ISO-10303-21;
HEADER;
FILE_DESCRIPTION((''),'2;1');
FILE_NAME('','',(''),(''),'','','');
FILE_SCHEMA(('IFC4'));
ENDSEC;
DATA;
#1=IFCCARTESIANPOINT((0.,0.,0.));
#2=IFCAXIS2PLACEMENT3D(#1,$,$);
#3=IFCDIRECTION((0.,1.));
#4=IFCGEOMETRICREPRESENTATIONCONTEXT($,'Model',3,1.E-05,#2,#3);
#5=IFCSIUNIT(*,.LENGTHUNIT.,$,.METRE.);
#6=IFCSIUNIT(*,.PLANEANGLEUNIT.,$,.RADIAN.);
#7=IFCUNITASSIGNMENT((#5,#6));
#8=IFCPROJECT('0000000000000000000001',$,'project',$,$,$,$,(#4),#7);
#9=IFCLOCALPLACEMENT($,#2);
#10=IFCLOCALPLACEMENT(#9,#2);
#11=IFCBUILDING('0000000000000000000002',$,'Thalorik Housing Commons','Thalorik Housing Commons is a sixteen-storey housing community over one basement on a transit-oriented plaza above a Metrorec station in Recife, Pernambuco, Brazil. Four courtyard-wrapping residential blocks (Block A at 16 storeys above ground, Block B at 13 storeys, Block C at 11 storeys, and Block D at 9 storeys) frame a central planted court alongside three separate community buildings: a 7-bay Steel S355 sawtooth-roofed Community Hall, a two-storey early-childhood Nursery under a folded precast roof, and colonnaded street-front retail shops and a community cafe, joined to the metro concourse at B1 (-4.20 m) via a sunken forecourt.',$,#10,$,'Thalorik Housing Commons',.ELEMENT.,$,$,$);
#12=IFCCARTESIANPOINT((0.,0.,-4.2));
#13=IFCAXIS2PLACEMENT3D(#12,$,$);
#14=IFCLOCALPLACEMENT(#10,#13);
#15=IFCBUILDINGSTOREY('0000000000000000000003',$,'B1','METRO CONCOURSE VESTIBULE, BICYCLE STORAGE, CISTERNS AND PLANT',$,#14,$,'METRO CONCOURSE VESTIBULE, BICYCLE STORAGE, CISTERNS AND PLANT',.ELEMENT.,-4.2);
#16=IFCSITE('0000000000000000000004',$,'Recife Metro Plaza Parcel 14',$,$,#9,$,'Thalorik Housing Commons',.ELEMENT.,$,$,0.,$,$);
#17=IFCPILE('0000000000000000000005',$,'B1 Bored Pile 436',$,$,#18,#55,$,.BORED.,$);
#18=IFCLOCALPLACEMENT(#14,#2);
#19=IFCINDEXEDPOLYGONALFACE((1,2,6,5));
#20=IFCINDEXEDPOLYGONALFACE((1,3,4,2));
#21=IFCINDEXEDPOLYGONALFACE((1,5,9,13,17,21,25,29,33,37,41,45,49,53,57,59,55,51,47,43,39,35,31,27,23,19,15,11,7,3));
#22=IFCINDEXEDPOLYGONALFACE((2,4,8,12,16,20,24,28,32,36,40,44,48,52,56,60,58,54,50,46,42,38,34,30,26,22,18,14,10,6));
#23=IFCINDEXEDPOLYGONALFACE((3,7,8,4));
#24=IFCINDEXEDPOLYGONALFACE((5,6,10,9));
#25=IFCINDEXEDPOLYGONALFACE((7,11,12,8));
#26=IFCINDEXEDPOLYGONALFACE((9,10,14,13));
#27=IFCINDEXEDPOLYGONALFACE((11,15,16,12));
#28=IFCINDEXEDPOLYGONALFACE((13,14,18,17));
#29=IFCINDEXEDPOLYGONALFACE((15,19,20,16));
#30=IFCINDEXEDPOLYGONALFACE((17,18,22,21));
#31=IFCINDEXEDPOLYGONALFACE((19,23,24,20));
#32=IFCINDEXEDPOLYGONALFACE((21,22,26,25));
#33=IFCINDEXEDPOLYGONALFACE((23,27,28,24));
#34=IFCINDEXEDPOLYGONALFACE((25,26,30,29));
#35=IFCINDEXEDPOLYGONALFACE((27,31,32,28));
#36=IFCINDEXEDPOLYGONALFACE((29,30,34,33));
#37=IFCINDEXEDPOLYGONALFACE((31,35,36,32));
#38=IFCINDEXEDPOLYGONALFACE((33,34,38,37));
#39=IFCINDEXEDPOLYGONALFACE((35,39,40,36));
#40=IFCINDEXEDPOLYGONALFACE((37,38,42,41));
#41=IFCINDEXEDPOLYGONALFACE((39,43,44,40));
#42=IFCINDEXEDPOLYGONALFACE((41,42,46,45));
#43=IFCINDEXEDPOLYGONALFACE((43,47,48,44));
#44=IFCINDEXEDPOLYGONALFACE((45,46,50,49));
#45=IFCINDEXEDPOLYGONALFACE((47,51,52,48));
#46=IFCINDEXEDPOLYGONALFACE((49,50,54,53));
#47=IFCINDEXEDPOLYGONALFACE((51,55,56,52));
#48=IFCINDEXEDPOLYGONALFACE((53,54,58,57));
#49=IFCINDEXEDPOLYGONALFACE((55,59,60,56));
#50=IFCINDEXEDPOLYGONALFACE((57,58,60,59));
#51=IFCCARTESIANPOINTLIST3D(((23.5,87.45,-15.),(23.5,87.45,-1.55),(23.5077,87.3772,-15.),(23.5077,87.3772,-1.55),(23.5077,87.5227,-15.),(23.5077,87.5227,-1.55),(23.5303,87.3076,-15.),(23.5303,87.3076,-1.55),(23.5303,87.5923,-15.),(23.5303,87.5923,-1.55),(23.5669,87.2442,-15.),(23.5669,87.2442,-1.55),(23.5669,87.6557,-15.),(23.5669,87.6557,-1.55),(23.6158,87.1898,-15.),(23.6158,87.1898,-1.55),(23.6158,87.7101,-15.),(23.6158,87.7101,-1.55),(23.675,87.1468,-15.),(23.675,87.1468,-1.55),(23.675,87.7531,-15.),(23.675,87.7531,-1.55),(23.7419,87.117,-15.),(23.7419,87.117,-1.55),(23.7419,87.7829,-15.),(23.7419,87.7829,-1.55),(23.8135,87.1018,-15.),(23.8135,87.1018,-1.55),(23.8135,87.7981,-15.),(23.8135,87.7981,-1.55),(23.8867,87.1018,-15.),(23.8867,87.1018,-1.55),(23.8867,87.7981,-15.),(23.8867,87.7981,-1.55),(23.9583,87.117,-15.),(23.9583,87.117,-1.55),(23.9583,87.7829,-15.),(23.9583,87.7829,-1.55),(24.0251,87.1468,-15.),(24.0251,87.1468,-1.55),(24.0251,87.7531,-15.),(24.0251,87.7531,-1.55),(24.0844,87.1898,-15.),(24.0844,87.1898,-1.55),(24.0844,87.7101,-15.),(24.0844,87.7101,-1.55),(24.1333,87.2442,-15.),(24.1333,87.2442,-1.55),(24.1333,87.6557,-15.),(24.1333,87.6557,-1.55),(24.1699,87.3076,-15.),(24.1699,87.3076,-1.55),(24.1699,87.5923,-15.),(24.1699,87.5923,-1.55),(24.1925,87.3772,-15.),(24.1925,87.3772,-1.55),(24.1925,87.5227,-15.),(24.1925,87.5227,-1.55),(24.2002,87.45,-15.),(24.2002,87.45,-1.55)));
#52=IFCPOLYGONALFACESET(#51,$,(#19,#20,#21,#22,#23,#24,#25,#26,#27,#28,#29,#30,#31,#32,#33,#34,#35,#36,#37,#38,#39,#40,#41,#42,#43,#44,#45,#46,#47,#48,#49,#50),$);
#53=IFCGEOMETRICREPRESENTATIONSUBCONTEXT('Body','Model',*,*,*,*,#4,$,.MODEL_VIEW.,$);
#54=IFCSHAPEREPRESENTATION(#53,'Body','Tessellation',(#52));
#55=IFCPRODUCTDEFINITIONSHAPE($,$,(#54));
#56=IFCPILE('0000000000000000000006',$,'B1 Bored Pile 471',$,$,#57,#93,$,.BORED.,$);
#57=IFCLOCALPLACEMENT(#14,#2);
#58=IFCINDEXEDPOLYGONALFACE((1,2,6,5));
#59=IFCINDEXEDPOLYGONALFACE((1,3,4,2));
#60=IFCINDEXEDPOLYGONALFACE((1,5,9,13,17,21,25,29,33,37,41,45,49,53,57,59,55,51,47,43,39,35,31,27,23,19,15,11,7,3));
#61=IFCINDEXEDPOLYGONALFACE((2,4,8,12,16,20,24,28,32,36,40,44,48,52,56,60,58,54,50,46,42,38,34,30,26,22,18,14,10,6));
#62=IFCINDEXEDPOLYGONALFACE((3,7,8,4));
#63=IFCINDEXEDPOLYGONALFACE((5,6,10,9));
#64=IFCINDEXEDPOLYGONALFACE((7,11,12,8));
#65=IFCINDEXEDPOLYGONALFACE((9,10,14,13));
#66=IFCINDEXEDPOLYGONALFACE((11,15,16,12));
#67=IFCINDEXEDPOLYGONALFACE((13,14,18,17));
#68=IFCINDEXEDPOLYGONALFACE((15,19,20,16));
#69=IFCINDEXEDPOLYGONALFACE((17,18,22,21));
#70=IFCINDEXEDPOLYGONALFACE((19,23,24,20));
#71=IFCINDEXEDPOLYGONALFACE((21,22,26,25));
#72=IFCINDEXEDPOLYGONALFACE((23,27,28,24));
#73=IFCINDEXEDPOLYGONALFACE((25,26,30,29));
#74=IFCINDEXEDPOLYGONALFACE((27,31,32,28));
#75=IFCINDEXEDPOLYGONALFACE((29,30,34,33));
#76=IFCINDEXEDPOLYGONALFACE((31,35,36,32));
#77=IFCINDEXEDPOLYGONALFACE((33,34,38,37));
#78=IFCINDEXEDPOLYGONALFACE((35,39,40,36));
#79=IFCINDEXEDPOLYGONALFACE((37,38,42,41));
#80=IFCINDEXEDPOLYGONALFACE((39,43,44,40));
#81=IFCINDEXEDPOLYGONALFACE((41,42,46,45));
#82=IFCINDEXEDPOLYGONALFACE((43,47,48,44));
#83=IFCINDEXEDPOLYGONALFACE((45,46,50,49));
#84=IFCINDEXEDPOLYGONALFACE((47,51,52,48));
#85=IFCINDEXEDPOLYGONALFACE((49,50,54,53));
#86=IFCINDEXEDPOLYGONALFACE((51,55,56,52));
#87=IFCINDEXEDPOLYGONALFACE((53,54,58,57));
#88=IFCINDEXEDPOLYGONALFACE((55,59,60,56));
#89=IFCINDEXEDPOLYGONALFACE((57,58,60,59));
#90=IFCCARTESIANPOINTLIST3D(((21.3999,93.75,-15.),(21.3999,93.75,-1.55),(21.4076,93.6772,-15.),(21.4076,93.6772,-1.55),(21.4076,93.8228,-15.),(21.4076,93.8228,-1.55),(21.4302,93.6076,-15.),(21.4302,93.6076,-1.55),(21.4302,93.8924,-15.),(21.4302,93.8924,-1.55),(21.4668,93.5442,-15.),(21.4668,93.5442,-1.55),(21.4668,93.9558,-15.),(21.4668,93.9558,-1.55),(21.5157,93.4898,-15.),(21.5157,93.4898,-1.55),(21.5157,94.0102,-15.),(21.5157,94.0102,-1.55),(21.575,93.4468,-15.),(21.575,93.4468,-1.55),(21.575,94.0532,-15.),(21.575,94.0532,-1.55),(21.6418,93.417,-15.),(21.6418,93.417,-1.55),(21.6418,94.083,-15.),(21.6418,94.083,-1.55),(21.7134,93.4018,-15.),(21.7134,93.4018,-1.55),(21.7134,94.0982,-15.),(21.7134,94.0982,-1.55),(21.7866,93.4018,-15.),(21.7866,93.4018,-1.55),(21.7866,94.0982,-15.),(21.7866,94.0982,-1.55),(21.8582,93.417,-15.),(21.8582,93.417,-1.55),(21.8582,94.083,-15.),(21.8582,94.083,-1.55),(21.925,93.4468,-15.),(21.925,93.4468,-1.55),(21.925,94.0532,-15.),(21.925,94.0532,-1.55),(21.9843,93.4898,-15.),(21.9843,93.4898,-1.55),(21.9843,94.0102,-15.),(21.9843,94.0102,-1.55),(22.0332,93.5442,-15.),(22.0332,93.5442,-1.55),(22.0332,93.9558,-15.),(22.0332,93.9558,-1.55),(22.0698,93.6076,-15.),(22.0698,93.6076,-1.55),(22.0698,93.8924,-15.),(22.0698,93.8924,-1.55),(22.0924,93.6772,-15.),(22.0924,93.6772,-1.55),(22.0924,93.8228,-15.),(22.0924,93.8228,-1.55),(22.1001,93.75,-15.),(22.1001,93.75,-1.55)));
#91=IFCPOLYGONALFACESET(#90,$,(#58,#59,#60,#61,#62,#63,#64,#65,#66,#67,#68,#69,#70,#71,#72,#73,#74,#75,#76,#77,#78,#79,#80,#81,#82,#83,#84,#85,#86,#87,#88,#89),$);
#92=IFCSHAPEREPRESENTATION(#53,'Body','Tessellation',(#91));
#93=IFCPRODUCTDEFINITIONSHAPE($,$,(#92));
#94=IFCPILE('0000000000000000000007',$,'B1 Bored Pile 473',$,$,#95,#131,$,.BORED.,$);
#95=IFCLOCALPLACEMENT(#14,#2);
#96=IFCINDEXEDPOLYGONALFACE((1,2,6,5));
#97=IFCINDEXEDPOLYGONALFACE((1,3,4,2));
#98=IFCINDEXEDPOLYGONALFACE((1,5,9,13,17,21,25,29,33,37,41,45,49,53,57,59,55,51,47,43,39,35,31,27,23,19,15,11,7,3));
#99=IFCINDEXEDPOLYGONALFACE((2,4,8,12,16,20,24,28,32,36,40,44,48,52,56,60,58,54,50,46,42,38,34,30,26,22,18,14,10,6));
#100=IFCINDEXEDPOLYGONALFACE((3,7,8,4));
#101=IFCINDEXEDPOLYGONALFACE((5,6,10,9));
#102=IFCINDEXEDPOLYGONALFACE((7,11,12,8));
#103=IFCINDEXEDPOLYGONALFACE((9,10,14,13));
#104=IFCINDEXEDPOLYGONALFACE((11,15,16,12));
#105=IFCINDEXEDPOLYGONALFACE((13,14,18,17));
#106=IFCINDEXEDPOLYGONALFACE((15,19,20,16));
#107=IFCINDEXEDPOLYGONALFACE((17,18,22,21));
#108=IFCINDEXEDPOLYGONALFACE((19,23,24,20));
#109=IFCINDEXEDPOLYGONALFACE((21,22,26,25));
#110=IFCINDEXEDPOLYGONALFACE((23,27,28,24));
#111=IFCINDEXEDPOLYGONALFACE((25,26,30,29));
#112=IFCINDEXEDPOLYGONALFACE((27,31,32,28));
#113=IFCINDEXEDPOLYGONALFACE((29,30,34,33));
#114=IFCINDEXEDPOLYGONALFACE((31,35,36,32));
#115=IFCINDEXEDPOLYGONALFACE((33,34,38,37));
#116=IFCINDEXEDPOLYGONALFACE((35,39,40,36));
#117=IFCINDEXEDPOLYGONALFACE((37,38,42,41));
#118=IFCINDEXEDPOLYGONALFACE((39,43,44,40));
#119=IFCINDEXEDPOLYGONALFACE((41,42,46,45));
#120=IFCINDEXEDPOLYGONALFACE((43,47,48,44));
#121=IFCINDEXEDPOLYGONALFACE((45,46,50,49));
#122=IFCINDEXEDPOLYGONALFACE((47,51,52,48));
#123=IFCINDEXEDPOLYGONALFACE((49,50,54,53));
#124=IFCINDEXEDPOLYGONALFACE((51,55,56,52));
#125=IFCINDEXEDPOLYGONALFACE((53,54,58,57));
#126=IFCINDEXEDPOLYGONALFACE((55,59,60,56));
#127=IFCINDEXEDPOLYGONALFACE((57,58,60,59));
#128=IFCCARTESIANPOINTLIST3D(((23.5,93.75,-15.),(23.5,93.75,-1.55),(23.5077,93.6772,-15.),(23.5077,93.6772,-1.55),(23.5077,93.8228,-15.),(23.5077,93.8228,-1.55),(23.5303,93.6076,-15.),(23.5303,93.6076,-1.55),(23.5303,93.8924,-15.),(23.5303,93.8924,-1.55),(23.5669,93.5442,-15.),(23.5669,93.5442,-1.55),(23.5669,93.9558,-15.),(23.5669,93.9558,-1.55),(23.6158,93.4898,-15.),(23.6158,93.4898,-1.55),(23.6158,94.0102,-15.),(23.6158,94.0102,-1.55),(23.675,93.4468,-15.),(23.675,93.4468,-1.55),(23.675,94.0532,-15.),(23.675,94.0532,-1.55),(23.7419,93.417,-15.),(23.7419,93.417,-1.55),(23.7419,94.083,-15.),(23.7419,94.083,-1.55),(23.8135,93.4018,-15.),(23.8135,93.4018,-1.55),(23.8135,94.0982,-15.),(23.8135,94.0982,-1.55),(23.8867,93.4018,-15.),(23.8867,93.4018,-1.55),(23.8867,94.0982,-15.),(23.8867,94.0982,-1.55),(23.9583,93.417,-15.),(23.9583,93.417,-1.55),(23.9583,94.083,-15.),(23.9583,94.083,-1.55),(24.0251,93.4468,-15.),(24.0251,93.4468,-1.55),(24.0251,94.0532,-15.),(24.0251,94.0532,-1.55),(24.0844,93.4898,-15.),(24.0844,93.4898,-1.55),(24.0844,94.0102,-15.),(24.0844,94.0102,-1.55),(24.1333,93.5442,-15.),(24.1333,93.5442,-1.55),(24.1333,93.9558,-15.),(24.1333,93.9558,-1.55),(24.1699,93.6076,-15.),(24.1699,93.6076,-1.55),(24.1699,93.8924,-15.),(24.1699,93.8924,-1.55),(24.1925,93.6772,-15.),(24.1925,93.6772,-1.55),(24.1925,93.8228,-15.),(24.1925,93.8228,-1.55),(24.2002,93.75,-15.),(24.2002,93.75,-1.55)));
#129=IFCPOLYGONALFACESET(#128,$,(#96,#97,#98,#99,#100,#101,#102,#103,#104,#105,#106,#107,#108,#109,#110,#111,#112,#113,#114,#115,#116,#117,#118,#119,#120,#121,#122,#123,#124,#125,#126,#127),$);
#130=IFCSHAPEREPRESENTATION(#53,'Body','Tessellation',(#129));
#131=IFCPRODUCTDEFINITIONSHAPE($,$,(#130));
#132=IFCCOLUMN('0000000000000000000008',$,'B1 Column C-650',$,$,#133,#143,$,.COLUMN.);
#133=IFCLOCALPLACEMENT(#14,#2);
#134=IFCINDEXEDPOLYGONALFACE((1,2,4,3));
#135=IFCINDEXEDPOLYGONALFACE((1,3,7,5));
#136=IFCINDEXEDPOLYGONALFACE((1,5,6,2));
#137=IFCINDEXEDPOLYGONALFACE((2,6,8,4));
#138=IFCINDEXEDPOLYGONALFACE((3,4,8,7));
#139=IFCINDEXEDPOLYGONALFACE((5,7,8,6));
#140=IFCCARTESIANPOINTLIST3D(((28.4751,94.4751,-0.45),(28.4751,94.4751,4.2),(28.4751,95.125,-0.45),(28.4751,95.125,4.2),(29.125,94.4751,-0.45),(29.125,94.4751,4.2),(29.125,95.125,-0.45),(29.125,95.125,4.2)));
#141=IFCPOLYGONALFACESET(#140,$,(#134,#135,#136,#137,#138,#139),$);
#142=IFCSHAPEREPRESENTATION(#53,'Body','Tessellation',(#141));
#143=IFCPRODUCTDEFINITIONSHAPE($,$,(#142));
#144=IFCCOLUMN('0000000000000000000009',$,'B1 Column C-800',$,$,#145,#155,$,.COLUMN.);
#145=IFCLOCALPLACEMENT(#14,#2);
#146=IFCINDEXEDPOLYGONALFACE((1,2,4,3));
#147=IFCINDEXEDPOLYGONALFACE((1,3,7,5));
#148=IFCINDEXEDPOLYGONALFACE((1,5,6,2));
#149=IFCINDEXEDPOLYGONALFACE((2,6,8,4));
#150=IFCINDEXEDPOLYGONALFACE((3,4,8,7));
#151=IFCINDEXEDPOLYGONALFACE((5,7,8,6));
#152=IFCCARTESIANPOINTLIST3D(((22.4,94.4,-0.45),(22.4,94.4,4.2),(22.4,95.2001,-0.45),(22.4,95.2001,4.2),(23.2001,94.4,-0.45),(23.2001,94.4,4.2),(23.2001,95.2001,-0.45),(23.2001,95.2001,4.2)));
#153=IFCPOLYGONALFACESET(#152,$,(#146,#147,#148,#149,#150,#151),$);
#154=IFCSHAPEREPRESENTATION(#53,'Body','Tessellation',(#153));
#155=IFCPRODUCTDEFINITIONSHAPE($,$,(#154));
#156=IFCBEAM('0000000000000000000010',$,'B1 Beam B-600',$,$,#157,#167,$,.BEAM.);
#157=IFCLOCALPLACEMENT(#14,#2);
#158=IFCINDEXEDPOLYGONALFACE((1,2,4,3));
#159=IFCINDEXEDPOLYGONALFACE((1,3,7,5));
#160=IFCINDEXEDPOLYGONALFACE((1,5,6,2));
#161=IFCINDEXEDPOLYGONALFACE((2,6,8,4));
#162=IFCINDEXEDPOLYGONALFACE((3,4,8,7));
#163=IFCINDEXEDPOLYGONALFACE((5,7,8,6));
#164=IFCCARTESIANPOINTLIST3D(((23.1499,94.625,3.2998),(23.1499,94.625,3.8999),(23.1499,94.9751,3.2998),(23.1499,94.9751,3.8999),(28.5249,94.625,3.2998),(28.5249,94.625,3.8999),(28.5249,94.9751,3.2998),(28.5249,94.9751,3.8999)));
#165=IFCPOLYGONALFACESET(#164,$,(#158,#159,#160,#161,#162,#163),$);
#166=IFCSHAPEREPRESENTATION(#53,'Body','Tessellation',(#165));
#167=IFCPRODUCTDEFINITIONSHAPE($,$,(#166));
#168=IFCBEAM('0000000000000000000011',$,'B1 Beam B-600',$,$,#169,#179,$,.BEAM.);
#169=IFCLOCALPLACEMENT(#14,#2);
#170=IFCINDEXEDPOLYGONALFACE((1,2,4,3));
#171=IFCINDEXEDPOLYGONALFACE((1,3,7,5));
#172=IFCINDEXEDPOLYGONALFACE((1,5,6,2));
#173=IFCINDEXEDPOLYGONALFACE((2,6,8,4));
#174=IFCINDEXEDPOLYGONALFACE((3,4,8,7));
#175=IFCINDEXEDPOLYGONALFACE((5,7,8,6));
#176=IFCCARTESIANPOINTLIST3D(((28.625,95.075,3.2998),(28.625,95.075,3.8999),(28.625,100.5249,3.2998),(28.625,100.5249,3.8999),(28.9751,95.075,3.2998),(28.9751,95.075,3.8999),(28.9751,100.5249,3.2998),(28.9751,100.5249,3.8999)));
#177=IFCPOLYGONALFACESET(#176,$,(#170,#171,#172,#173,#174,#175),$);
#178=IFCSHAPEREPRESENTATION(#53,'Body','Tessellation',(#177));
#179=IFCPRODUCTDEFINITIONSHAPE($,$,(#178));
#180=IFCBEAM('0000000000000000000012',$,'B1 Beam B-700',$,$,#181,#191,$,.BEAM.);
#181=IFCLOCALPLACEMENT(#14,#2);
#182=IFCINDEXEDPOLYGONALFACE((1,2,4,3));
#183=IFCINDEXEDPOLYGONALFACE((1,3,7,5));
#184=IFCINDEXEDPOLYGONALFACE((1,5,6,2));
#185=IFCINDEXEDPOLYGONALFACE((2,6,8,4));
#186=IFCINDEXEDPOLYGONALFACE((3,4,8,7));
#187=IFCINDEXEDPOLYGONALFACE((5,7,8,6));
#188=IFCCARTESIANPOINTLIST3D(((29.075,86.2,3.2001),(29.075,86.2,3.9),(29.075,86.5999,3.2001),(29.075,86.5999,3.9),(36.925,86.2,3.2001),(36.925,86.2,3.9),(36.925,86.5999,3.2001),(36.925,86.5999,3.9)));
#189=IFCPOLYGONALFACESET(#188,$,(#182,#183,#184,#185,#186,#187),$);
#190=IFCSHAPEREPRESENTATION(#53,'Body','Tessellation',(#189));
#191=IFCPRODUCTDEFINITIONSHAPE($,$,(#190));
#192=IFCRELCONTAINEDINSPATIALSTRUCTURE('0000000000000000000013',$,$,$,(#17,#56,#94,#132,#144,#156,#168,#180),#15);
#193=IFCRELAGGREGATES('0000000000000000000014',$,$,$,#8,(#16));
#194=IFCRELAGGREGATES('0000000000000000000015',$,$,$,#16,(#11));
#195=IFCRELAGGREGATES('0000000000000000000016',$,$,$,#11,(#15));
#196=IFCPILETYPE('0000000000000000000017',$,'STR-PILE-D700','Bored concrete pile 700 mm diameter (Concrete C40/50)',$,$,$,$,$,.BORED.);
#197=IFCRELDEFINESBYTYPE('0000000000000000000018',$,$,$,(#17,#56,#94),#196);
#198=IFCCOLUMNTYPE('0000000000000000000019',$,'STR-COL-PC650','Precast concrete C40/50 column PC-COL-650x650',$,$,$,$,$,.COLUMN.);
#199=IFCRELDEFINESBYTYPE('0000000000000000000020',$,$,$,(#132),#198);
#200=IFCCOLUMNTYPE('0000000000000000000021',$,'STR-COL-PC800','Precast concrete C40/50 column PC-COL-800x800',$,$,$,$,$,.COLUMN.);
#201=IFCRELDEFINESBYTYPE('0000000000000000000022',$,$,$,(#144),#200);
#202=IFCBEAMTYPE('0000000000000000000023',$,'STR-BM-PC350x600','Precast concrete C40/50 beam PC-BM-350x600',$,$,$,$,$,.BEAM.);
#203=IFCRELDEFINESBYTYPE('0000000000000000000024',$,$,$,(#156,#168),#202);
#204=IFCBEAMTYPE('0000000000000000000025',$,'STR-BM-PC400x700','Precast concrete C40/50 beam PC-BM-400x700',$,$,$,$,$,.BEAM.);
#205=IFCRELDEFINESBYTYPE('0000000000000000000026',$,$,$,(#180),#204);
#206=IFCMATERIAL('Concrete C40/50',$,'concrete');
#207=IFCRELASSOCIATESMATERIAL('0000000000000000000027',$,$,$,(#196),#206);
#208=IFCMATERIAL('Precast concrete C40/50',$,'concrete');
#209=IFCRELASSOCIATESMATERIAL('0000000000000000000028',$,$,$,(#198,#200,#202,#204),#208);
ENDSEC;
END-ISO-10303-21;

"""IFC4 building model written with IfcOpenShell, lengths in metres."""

from ifc_helpers import new_model, si_unit, direction, frame, origin, origin_2d, place, context, subcontext, project, spatial, rectangle, circle, extrude, material, material_profile, profile_set, type_object, element, save


model = new_model("IFC4")

# Units and contexts
model_context = context("Model", 3, precision=1e-05, world=origin(), true_north=direction((0.0, 1.0)))
body_context = subcontext(model_context, "Body", "Model", "MODEL_VIEW")
ifc_project = project(units=[si_unit("LENGTHUNIT", "METRE"), si_unit("PLANEANGLEUNIT", "RADIAN")], contexts=[model_context])

# Site, building, storey
site_placement = place(None, origin())
site = spatial("IfcSite", under=ifc_project, at=site_placement, Name="Recife Metro Plaza Parcel 14", LongName="Thalorik Housing Commons", CompositionType="ELEMENT", RefElevation=0.0)
building_placement = place(site_placement, origin())
building = spatial("IfcBuilding", under=site, at=building_placement, Name="Thalorik Housing Commons", Description="Thalorik Housing Commons is a sixteen-storey housing community over one basement on a transit-oriented plaza above a Metrorec station in Recife, Pernambuco, Brazil. Four courtyard-wrapping residential blocks (Block A at 16 storeys above ground, Block B at 13 storeys, Block C at 11 storeys, and Block D at 9 storeys) frame a central planted court alongside three separate community buildings: a 7-bay Steel S355 sawtooth-roofed Community Hall, a two-storey early-childhood Nursery under a folded precast roof, and colonnaded street-front retail shops and a community cafe, joined to the metro concourse at B1 (-4.20 m) via a sunken forecourt.", LongName="Thalorik Housing Commons", CompositionType="ELEMENT")
storey_placement = place(building_placement, frame((0.0, 0.0, -4.2)))
storey = spatial("IfcBuildingStorey", under=building, at=storey_placement, Name="B1", Description="METRO CONCOURSE VESTIBULE, BICYCLE STORAGE, CISTERNS AND PLANT", LongName="METRO CONCOURSE VESTIBULE, BICYCLE STORAGE, CISTERNS AND PLANT", CompositionType="ELEMENT", Elevation=-4.2)

# Shared definitions
ifc_material_1 = material(Name="Concrete C40/50", Category="concrete")

# Piles
ifc_material_profile_1 = material_profile(ifc_material_1, circle(Radius=0.3501, at=origin_2d()), Name="BORED PILE D700", Category="concrete")
ifc_profile_set_1 = profile_set([ifc_material_profile_1], Name="Concrete C40/50")
pile_type_1 = type_object("IfcPileType", Name="STR-PILE-D700", Description="Bored concrete pile 700 mm diameter (Concrete C40/50)", PredefinedType="BORED", material=ifc_profile_set_1)
for number, where, z_axis, x_axis, name in (
    (1, (23.8501, 87.45, -1.55), (0.0, 0.0, -1.0), (1.0, 0.0, 0.0), "B1 Bored Pile 436"),
    (2, (21.75, 93.75, -1.55), (0.0, 0.0, -1.0), (1.0, 0.0, 0.0), "B1 Bored Pile 471"),
    (3, (23.8501, 93.75, -1.55), (0.0, 0.0, -1.0), (1.0, 0.0, 0.0), "B1 Bored Pile 473"),
):
    element("IfcPile", number, at=place(storey_placement, frame(where, z_axis=z_axis, x_axis=x_axis)), inside=storey, type_object=pile_type_1, Name=name, PredefinedType="BORED", context=body_context, shape_type="SweptSolid", body=[
        extrude(circle(Radius=0.3501, at=origin_2d()), origin(), (0.0, 0.0, 1.0), 13.45),
    ])

# Columns
ifc_material_2 = material(Name="Precast concrete C40/50", Category="concrete")
ifc_material_profile_2 = material_profile(ifc_material_2, rectangle(XDim=0.6499, YDim=0.6499, at=origin_2d()), Name="PC 650x650", Category="concrete")
ifc_profile_set_2 = profile_set([ifc_material_profile_2], Name="Precast concrete C40/50")
column_type_1 = type_object("IfcColumnType", Name="STR-COL-PC650", Description="Precast concrete C40/50 column PC-COL-650x650", PredefinedType="COLUMN", material=ifc_profile_set_2)
column_1_placement = place(storey_placement, frame((28.8, 94.8, -0.45), z_axis=(0.0, 0.0, 1.0), x_axis=(1.0, 0.0, 0.0)))
element("IfcColumn", 4, at=column_1_placement, inside=storey, type_object=column_type_1, Name="B1 Column C-650", PredefinedType="COLUMN", context=body_context, shape_type="SweptSolid", body=[
    extrude(rectangle(XDim=0.6499, YDim=0.6499, at=origin_2d()), origin(), (0.0, 0.0, 1.0), 4.6499),
])
ifc_material_profile_3 = material_profile(ifc_material_2, rectangle(XDim=0.8, YDim=0.8, at=origin_2d()), Name="PC 800x800", Category="concrete")
ifc_profile_set_3 = profile_set([ifc_material_profile_3], Name="Precast concrete C40/50")
column_type_2 = type_object("IfcColumnType", Name="STR-COL-PC800", Description="Precast concrete C40/50 column PC-COL-800x800", PredefinedType="COLUMN", material=ifc_profile_set_3)
column_2_placement = place(storey_placement, frame((22.8, 94.8, -0.45), z_axis=(0.0, 0.0, 1.0), x_axis=(1.0, 0.0, 0.0)))
element("IfcColumn", 5, at=column_2_placement, inside=storey, type_object=column_type_2, Name="B1 Column C-800", PredefinedType="COLUMN", context=body_context, shape_type="SweptSolid", body=[
    extrude(rectangle(XDim=0.8, YDim=0.8, at=origin_2d()), origin(), (0.0, 0.0, 1.0), 4.6499),
])

# Beams
ifc_material_profile_4 = material_profile(ifc_material_2, rectangle(XDim=0.3501, YDim=0.6001, at=origin_2d()), Name="PC 350x600", Category="concrete")
ifc_profile_set_4 = profile_set([ifc_material_profile_4], Name="Precast concrete C40/50")
beam_type_1 = type_object("IfcBeamType", Name="STR-BM-PC350x600", Description="Precast concrete C40/50 beam PC-BM-350x600", PredefinedType="BEAM", material=ifc_profile_set_4)
beam_1_placement = place(storey_placement, frame((23.1499, 94.8, 3.5999), z_axis=(1.0, 0.0, 0.0), x_axis=(0.0, 1.0, 0.0)))
element("IfcBeam", 6, at=beam_1_placement, inside=storey, type_object=beam_type_1, Name="B1 Beam B-600", PredefinedType="BEAM", context=body_context, shape_type="SweptSolid", body=[
    extrude(rectangle(XDim=0.3501, YDim=0.6001, at=origin_2d()), origin(), (0.0, 0.0, 1.0), 5.375),
])
beam_2_placement = place(storey_placement, frame((28.8, 95.075, 3.5999), z_axis=(0.0, 1.0, 0.0), x_axis=(-1.0, 0.0, 0.0)))
element("IfcBeam", 7, at=beam_2_placement, inside=storey, type_object=beam_type_1, Name="B1 Beam B-600", PredefinedType="BEAM", context=body_context, shape_type="SweptSolid", body=[
    extrude(rectangle(XDim=0.3501, YDim=0.6001, at=origin_2d()), origin(), (0.0, 0.0, 1.0), 5.45),
])
ifc_material_profile_5 = material_profile(ifc_material_2, rectangle(XDim=0.3999, YDim=0.7, at=origin_2d()), Name="PC 400x700", Category="concrete")
ifc_profile_set_5 = profile_set([ifc_material_profile_5], Name="Precast concrete C40/50")
beam_type_2 = type_object("IfcBeamType", Name="STR-BM-PC400x700", Description="Precast concrete C40/50 beam PC-BM-400x700", PredefinedType="BEAM", material=ifc_profile_set_5)
for number, where, z_axis, x_axis, name in (
    (8, (29.075, 86.3999, 3.55), (1.0, 0.0, 0.0), (0.0, 1.0, 0.0), "B1 Beam B-700"),
):
    element("IfcBeam", number, at=place(storey_placement, frame(where, z_axis=z_axis, x_axis=x_axis)), inside=storey, type_object=beam_type_2, Name=name, PredefinedType="BEAM", context=body_context, shape_type="SweptSolid", body=[
        extrude(rectangle(XDim=0.3999, YDim=0.7, at=origin_2d()), origin(), (0.0, 0.0, 1.0), 7.8501),
    ])

save(model, "model.ifc")
